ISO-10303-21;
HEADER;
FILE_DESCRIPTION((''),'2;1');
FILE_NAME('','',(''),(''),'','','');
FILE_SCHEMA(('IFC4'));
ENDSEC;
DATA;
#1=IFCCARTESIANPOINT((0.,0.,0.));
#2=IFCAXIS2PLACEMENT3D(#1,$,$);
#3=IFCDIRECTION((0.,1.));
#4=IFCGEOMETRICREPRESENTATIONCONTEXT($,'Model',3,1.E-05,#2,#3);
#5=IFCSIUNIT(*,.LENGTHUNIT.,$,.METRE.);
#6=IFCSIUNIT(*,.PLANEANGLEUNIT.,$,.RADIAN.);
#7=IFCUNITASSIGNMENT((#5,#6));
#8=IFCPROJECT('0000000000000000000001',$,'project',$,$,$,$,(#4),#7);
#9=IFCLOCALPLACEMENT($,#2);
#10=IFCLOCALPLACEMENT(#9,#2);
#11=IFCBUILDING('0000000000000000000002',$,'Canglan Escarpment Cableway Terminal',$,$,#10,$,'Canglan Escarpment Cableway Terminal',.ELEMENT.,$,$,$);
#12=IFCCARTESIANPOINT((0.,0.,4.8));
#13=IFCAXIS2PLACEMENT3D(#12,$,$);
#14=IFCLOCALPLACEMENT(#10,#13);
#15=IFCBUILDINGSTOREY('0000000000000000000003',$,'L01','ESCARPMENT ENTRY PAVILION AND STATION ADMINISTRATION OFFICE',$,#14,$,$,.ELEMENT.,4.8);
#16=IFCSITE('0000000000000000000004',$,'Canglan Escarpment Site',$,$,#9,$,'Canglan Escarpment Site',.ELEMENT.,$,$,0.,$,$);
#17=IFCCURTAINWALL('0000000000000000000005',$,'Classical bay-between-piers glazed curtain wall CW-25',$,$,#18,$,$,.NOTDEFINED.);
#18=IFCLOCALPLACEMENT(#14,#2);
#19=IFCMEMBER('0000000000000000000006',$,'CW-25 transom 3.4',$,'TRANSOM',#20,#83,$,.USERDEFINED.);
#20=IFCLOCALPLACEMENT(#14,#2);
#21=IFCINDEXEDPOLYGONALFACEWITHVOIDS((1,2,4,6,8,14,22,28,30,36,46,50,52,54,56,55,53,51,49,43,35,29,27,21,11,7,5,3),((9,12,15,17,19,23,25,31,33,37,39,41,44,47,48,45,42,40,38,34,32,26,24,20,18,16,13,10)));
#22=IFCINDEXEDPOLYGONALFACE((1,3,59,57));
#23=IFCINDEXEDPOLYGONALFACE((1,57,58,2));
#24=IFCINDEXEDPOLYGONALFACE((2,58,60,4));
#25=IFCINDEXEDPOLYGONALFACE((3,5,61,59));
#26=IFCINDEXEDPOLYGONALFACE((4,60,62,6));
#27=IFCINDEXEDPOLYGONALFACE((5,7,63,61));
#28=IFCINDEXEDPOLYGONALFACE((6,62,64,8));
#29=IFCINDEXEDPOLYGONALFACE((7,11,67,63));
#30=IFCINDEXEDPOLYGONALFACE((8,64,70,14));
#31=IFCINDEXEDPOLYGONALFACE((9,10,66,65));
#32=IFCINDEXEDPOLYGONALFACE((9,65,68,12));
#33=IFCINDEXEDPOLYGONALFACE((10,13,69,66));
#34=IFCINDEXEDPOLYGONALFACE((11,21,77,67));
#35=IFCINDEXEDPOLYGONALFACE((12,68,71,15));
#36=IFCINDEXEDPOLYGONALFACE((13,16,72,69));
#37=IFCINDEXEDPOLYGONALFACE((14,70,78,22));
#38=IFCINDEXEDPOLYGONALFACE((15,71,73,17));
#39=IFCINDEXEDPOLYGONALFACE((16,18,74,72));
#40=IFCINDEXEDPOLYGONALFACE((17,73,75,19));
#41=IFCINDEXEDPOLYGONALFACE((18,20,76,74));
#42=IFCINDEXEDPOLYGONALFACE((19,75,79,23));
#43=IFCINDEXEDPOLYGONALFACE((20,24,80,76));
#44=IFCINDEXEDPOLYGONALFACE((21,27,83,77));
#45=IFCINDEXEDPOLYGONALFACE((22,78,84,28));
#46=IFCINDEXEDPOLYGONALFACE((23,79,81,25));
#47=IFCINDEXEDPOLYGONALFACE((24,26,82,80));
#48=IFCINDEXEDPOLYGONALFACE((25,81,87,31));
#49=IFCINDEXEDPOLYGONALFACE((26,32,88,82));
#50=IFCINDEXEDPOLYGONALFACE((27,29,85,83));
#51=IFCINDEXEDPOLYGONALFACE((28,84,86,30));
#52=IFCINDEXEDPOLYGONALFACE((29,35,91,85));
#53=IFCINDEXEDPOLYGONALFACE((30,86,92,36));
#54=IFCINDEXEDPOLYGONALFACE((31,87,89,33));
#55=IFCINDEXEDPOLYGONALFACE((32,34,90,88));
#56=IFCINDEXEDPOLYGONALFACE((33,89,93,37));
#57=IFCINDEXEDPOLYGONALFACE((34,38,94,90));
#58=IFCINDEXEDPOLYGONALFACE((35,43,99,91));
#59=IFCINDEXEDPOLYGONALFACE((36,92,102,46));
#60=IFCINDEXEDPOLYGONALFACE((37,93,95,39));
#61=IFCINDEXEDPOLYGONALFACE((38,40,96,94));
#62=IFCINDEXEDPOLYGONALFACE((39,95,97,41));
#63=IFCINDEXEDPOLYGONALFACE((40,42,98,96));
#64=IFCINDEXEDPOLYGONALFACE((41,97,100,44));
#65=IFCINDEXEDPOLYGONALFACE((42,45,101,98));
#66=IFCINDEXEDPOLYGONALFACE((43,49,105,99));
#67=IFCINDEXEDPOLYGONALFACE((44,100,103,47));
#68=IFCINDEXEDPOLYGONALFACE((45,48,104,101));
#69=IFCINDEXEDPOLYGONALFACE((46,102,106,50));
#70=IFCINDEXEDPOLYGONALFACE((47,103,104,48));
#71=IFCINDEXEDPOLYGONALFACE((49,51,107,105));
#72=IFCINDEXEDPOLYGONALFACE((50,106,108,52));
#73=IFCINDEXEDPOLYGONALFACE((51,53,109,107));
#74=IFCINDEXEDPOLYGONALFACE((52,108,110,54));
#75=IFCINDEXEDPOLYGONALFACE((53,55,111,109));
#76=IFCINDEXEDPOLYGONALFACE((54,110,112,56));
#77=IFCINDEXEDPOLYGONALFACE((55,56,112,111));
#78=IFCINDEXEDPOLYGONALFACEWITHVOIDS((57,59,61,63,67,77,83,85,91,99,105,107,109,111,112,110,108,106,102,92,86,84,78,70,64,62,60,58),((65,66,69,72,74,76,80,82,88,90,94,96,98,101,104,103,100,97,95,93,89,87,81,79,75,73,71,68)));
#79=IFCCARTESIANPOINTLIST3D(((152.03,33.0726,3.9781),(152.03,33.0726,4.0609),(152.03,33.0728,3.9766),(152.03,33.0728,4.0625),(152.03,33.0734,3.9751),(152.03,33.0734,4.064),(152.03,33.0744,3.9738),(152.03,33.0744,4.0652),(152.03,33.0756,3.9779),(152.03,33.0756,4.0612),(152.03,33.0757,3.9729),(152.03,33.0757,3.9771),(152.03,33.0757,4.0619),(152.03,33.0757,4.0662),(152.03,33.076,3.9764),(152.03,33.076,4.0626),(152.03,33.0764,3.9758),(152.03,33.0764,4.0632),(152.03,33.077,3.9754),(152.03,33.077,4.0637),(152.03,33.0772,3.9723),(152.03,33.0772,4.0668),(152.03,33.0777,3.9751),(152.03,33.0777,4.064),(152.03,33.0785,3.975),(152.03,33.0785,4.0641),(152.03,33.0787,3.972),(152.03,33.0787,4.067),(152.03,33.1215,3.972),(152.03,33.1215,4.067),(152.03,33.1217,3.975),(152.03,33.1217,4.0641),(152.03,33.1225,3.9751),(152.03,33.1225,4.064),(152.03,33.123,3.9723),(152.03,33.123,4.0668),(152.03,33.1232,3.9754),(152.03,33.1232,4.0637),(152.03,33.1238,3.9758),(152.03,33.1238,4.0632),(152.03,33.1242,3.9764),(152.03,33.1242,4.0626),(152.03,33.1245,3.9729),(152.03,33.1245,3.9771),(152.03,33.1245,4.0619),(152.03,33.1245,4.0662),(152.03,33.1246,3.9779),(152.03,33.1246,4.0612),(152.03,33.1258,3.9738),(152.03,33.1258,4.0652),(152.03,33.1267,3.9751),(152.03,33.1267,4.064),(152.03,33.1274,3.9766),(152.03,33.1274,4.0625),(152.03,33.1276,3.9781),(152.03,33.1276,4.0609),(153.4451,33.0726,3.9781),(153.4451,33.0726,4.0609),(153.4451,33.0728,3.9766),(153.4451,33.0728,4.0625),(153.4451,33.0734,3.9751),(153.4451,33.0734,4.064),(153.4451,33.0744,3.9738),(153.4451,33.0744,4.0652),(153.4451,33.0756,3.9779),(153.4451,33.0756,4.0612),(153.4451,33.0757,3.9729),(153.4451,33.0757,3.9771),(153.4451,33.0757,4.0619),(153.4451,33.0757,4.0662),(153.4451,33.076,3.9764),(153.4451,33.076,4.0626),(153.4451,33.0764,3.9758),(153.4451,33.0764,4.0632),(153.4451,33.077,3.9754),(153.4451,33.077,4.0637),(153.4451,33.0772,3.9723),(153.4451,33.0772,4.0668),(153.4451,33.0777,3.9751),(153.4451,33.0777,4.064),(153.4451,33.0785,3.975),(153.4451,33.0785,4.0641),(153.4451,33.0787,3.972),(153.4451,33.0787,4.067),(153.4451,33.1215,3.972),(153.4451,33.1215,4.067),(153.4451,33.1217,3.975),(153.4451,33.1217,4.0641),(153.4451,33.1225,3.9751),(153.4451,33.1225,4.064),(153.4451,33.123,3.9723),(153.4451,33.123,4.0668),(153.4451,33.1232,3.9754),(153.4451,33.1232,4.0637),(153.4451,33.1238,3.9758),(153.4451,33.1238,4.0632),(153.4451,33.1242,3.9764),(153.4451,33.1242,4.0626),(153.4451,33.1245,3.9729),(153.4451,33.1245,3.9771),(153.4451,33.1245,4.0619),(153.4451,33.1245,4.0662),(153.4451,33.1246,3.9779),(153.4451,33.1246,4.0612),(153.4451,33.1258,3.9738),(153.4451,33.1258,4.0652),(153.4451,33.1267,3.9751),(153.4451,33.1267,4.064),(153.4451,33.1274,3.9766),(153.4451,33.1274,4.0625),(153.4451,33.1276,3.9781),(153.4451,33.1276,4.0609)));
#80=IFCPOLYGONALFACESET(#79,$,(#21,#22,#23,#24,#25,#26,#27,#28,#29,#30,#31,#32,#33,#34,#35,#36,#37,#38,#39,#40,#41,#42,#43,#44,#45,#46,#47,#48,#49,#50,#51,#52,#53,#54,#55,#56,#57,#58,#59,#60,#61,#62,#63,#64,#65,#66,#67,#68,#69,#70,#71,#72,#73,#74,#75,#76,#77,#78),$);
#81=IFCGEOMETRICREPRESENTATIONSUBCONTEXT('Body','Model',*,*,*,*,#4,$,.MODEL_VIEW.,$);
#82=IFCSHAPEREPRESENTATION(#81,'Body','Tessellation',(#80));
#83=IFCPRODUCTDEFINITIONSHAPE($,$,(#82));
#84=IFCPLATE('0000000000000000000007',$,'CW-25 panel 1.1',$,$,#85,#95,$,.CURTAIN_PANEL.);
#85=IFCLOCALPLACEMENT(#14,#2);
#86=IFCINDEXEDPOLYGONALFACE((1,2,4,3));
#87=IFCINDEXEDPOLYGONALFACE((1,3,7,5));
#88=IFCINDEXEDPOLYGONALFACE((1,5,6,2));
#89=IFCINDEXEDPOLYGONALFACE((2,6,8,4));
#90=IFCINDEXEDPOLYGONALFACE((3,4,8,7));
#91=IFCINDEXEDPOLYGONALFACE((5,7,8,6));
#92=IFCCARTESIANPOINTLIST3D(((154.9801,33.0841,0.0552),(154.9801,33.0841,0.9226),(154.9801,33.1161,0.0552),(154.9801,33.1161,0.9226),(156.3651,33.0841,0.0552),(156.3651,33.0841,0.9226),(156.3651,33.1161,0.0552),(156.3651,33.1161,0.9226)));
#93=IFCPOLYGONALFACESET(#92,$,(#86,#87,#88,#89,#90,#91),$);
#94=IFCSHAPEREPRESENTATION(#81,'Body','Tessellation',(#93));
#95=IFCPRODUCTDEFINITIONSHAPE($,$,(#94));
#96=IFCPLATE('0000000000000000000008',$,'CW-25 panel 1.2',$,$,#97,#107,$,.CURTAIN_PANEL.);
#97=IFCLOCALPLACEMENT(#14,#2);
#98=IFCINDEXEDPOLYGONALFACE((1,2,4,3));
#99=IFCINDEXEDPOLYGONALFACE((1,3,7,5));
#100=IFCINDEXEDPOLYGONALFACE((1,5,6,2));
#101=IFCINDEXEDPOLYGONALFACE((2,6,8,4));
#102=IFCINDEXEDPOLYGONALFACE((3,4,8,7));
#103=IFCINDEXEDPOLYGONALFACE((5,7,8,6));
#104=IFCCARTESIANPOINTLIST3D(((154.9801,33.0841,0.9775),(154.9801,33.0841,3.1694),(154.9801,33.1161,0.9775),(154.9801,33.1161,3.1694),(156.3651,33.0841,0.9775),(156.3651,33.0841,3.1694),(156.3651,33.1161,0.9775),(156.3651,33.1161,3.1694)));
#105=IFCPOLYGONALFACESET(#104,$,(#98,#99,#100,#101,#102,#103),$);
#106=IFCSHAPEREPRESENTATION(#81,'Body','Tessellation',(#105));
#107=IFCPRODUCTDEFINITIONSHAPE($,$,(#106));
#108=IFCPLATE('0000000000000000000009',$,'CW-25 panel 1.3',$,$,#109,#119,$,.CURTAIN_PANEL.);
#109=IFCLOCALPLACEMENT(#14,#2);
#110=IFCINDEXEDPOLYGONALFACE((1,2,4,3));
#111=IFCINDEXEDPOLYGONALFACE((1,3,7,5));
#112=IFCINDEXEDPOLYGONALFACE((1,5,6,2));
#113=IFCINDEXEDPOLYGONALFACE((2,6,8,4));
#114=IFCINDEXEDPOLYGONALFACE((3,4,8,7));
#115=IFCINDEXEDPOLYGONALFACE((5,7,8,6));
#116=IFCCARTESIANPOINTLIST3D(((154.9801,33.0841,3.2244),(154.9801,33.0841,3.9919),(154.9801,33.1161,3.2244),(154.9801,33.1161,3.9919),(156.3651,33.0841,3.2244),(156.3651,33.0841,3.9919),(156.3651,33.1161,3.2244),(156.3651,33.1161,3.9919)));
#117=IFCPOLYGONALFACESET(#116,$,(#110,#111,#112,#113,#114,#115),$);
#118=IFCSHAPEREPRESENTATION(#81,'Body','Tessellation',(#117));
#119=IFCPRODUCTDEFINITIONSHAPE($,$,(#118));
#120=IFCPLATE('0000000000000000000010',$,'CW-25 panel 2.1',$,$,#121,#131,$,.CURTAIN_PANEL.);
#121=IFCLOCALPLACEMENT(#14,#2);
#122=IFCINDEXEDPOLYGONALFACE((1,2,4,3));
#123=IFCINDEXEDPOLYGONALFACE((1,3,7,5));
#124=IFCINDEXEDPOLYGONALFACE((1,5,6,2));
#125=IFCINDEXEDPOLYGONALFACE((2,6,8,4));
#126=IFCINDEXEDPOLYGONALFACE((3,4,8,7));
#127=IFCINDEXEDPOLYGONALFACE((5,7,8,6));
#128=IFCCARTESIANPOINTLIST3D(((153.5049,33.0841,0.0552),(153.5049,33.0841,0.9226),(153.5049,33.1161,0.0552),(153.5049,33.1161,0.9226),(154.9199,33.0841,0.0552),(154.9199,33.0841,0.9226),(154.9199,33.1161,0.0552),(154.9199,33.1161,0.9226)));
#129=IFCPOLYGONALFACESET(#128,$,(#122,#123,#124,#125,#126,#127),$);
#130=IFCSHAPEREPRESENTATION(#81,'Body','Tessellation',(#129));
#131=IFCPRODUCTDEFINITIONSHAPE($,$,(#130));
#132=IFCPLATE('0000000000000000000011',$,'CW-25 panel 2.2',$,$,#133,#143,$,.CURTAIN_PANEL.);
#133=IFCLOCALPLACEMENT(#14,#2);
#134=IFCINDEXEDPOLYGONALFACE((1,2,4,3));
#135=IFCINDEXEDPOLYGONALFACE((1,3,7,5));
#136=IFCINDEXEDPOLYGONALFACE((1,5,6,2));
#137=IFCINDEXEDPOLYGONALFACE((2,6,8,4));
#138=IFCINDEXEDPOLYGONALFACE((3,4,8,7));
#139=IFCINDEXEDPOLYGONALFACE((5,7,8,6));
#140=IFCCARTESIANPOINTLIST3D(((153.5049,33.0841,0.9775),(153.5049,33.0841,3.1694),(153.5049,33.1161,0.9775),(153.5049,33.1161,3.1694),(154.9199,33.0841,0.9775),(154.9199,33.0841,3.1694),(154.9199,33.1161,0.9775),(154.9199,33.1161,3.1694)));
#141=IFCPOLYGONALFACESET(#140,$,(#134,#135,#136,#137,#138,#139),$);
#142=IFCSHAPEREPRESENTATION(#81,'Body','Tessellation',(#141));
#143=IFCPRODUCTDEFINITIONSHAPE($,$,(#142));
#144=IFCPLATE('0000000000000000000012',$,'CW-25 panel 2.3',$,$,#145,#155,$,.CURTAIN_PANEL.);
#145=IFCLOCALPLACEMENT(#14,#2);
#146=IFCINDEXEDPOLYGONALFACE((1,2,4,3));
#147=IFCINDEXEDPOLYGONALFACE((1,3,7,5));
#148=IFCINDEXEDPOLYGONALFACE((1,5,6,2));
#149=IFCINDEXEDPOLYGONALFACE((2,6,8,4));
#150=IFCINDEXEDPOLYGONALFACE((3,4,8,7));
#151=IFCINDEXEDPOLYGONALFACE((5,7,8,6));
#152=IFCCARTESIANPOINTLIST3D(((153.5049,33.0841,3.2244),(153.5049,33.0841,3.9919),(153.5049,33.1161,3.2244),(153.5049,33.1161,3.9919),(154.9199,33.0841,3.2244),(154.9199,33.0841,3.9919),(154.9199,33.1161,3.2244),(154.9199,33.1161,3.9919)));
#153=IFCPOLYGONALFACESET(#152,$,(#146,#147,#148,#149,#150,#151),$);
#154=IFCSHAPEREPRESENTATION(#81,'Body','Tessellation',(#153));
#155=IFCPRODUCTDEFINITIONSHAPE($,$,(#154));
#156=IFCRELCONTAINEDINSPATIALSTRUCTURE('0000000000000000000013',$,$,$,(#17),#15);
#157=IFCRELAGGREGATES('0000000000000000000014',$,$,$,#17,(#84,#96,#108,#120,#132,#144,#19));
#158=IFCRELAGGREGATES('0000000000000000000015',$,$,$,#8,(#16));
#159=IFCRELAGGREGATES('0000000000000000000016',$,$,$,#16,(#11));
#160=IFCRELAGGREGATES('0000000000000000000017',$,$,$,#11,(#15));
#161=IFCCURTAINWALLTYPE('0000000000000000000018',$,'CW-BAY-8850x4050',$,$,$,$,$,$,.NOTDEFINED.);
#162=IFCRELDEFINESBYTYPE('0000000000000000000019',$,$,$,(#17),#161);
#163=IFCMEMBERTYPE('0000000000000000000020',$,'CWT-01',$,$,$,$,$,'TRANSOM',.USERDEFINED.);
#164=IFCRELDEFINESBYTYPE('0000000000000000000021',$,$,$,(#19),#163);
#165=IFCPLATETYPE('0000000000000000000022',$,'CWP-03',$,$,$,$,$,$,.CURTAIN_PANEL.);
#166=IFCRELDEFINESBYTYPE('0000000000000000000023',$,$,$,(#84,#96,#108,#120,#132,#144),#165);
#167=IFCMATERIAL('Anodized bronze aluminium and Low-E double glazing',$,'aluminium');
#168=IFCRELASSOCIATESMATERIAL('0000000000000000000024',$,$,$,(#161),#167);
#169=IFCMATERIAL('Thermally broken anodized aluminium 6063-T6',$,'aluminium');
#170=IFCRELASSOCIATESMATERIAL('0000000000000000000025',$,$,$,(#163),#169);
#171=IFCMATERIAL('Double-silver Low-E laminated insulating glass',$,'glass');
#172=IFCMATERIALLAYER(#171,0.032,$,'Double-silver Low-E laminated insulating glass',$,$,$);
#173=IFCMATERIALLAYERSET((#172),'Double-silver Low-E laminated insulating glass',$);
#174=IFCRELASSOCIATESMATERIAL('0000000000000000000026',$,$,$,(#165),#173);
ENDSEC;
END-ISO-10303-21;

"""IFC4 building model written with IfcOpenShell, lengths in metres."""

from ifc_helpers import new_model, si_unit, direction, frame, origin, origin_2d, place, context, subcontext, project, spatial, rectangle, hollow_rectangle, extrude, material, layer, layer_set, material_profile, profile_set, type_object, element, aggregate, save


model = new_model("IFC4")

# Units and contexts
model_context = context("Model", 3, precision=1e-05, world=origin(), true_north=direction((0.0, 1.0)))
body_context = subcontext(model_context, "Body", "Model", "MODEL_VIEW")
ifc_project = project(units=[si_unit("LENGTHUNIT", "METRE"), si_unit("PLANEANGLEUNIT", "RADIAN")], contexts=[model_context])

# Site, building, storey
site_placement = place(None, origin())
site = spatial("IfcSite", under=ifc_project, at=site_placement, Name="Canglan Escarpment Site", LongName="Canglan Escarpment Site", CompositionType="ELEMENT", RefElevation=0.0)
building_placement = place(site_placement, origin())
building = spatial("IfcBuilding", under=site, at=building_placement, Name="Canglan Escarpment Cableway Terminal", LongName="Canglan Escarpment Cableway Terminal", CompositionType="ELEMENT")
storey_placement = place(building_placement, frame((0.0, 0.0, 4.8)))
storey = spatial("IfcBuildingStorey", under=building, at=storey_placement, Name="L01", Description="ESCARPMENT ENTRY PAVILION AND STATION ADMINISTRATION OFFICE", CompositionType="ELEMENT", Elevation=4.8)

# Curtain wall, member, plates
ifc_material_1 = material(Name="Anodized bronze aluminium and Low-E double glazing", Category="aluminium")
curtain_wall_type = type_object("IfcCurtainWallType", Name="CW-BAY-8850x4050", PredefinedType="NOTDEFINED", material=ifc_material_1)
curtain_wall_placement = place(storey_placement, origin())
curtain_wall = element("IfcCurtainWall", 1, at=curtain_wall_placement, inside=storey, type_object=curtain_wall_type, Name="Classical bay-between-piers glazed curtain wall CW-25", PredefinedType="NOTDEFINED")
ifc_material_2 = material(Name="Thermally broken anodized aluminium 6063-T6", Category="aluminium")
ifc_material_profile_1 = material_profile(ifc_material_2, hollow_rectangle(XDim=0.0549, YDim=0.095, WallThickness=0.0029, InnerFilletRadius=0.0029, OuterFilletRadius=0.0061, at=origin_2d()), Name="ALU-TRAN 55x95x3")
ifc_profile_set_1 = profile_set([ifc_material_profile_1], Name="Thermally broken anodized aluminium 6063-T6")
member_type_1 = type_object("IfcMemberType", Name="CWT-01", ElementType="TRANSOM", PredefinedType="USERDEFINED", material=ifc_profile_set_1)
member_1_placement = place(storey_placement, frame((153.4451, 33.1001, 4.0195), z_axis=(-1.0, 0.0, 0.0), x_axis=(0.0, -1.0, 0.0)))
member_1 = element("IfcMember", 2, at=member_1_placement, type_object=member_type_1, Name="CW-25 transom 3.4", ObjectType="TRANSOM", PredefinedType="USERDEFINED", context=body_context, shape_type="SweptSolid", body=[
    extrude(hollow_rectangle(XDim=0.0549, YDim=0.095, WallThickness=0.0029, InnerFilletRadius=0.0029, OuterFilletRadius=0.0061, at=origin_2d()), origin(), (0.0, 0.0, 1.0), 1.415),
])
ifc_material_3 = material(Name="Double-silver Low-E laminated insulating glass", Category="glass")
ifc_layer = layer(ifc_material_3, 0.032, Name="Double-silver Low-E laminated insulating glass")
ifc_layer_set = layer_set([ifc_layer], Name="Double-silver Low-E laminated insulating glass")
plate_type = type_object("IfcPlateType", Name="CWP-03", PredefinedType="CURTAIN_PANEL", material=ifc_layer_set)
plate_1_placement = place(storey_placement, frame((155.6726, 33.1001, 0.0552), z_axis=(0.0, 0.0, 1.0), x_axis=(-1.0, 0.0, 0.0)))
plate_1 = element("IfcPlate", 3, at=plate_1_placement, type_object=plate_type, Name="CW-25 panel 1.1", PredefinedType="CURTAIN_PANEL", context=body_context, shape_type="SweptSolid", body=[
    extrude(rectangle(XDim=1.385, YDim=0.032, at=origin_2d()), origin(), (0.0, 0.0, 1.0), 0.8674),
])
plate_2_placement = place(storey_placement, frame((155.6726, 33.1001, 0.9775), z_axis=(0.0, 0.0, 1.0), x_axis=(-1.0, 0.0, 0.0)))
plate_2 = element("IfcPlate", 4, at=plate_2_placement, type_object=plate_type, Name="CW-25 panel 1.2", PredefinedType="CURTAIN_PANEL", context=body_context, shape_type="SweptSolid", body=[
    extrude(rectangle(XDim=1.385, YDim=0.032, at=origin_2d()), origin(), (0.0, 0.0, 1.0), 2.1919),
])
plate_3_placement = place(storey_placement, frame((155.6726, 33.1001, 3.2244), z_axis=(0.0, 0.0, 1.0), x_axis=(-1.0, 0.0, 0.0)))
plate_3 = element("IfcPlate", 5, at=plate_3_placement, type_object=plate_type, Name="CW-25 panel 1.3", PredefinedType="CURTAIN_PANEL", context=body_context, shape_type="SweptSolid", body=[
    extrude(rectangle(XDim=1.385, YDim=0.032, at=origin_2d()), origin(), (0.0, 0.0, 1.0), 0.7676),
])
plate_4_placement = place(storey_placement, frame((154.2124, 33.1001, 0.0552), z_axis=(0.0, 0.0, 1.0), x_axis=(-1.0, 0.0, 0.0)))
plate_4 = element("IfcPlate", 6, at=plate_4_placement, type_object=plate_type, Name="CW-25 panel 2.1", PredefinedType="CURTAIN_PANEL", context=body_context, shape_type="SweptSolid", body=[
    extrude(rectangle(XDim=1.415, YDim=0.032, at=origin_2d()), origin(), (0.0, 0.0, 1.0), 0.8674),
])
plate_5_placement = place(storey_placement, frame((154.2124, 33.1001, 0.9775), z_axis=(0.0, 0.0, 1.0), x_axis=(-1.0, 0.0, 0.0)))
plate_5 = element("IfcPlate", 7, at=plate_5_placement, type_object=plate_type, Name="CW-25 panel 2.2", PredefinedType="CURTAIN_PANEL", context=body_context, shape_type="SweptSolid", body=[
    extrude(rectangle(XDim=1.415, YDim=0.032, at=origin_2d()), origin(), (0.0, 0.0, 1.0), 2.1919),
])
plate_6_placement = place(storey_placement, frame((154.2124, 33.1001, 3.2244), z_axis=(0.0, 0.0, 1.0), x_axis=(-1.0, 0.0, 0.0)))
plate_6 = element("IfcPlate", 8, at=plate_6_placement, type_object=plate_type, Name="CW-25 panel 2.3", PredefinedType="CURTAIN_PANEL", context=body_context, shape_type="SweptSolid", body=[
    extrude(rectangle(XDim=1.415, YDim=0.032, at=origin_2d()), origin(), (0.0, 0.0, 1.0), 0.7676),
])
aggregate(curtain_wall, [plate_1, plate_2, plate_3, plate_4, plate_5, plate_6, member_1])

save(model, "model.ifc")
